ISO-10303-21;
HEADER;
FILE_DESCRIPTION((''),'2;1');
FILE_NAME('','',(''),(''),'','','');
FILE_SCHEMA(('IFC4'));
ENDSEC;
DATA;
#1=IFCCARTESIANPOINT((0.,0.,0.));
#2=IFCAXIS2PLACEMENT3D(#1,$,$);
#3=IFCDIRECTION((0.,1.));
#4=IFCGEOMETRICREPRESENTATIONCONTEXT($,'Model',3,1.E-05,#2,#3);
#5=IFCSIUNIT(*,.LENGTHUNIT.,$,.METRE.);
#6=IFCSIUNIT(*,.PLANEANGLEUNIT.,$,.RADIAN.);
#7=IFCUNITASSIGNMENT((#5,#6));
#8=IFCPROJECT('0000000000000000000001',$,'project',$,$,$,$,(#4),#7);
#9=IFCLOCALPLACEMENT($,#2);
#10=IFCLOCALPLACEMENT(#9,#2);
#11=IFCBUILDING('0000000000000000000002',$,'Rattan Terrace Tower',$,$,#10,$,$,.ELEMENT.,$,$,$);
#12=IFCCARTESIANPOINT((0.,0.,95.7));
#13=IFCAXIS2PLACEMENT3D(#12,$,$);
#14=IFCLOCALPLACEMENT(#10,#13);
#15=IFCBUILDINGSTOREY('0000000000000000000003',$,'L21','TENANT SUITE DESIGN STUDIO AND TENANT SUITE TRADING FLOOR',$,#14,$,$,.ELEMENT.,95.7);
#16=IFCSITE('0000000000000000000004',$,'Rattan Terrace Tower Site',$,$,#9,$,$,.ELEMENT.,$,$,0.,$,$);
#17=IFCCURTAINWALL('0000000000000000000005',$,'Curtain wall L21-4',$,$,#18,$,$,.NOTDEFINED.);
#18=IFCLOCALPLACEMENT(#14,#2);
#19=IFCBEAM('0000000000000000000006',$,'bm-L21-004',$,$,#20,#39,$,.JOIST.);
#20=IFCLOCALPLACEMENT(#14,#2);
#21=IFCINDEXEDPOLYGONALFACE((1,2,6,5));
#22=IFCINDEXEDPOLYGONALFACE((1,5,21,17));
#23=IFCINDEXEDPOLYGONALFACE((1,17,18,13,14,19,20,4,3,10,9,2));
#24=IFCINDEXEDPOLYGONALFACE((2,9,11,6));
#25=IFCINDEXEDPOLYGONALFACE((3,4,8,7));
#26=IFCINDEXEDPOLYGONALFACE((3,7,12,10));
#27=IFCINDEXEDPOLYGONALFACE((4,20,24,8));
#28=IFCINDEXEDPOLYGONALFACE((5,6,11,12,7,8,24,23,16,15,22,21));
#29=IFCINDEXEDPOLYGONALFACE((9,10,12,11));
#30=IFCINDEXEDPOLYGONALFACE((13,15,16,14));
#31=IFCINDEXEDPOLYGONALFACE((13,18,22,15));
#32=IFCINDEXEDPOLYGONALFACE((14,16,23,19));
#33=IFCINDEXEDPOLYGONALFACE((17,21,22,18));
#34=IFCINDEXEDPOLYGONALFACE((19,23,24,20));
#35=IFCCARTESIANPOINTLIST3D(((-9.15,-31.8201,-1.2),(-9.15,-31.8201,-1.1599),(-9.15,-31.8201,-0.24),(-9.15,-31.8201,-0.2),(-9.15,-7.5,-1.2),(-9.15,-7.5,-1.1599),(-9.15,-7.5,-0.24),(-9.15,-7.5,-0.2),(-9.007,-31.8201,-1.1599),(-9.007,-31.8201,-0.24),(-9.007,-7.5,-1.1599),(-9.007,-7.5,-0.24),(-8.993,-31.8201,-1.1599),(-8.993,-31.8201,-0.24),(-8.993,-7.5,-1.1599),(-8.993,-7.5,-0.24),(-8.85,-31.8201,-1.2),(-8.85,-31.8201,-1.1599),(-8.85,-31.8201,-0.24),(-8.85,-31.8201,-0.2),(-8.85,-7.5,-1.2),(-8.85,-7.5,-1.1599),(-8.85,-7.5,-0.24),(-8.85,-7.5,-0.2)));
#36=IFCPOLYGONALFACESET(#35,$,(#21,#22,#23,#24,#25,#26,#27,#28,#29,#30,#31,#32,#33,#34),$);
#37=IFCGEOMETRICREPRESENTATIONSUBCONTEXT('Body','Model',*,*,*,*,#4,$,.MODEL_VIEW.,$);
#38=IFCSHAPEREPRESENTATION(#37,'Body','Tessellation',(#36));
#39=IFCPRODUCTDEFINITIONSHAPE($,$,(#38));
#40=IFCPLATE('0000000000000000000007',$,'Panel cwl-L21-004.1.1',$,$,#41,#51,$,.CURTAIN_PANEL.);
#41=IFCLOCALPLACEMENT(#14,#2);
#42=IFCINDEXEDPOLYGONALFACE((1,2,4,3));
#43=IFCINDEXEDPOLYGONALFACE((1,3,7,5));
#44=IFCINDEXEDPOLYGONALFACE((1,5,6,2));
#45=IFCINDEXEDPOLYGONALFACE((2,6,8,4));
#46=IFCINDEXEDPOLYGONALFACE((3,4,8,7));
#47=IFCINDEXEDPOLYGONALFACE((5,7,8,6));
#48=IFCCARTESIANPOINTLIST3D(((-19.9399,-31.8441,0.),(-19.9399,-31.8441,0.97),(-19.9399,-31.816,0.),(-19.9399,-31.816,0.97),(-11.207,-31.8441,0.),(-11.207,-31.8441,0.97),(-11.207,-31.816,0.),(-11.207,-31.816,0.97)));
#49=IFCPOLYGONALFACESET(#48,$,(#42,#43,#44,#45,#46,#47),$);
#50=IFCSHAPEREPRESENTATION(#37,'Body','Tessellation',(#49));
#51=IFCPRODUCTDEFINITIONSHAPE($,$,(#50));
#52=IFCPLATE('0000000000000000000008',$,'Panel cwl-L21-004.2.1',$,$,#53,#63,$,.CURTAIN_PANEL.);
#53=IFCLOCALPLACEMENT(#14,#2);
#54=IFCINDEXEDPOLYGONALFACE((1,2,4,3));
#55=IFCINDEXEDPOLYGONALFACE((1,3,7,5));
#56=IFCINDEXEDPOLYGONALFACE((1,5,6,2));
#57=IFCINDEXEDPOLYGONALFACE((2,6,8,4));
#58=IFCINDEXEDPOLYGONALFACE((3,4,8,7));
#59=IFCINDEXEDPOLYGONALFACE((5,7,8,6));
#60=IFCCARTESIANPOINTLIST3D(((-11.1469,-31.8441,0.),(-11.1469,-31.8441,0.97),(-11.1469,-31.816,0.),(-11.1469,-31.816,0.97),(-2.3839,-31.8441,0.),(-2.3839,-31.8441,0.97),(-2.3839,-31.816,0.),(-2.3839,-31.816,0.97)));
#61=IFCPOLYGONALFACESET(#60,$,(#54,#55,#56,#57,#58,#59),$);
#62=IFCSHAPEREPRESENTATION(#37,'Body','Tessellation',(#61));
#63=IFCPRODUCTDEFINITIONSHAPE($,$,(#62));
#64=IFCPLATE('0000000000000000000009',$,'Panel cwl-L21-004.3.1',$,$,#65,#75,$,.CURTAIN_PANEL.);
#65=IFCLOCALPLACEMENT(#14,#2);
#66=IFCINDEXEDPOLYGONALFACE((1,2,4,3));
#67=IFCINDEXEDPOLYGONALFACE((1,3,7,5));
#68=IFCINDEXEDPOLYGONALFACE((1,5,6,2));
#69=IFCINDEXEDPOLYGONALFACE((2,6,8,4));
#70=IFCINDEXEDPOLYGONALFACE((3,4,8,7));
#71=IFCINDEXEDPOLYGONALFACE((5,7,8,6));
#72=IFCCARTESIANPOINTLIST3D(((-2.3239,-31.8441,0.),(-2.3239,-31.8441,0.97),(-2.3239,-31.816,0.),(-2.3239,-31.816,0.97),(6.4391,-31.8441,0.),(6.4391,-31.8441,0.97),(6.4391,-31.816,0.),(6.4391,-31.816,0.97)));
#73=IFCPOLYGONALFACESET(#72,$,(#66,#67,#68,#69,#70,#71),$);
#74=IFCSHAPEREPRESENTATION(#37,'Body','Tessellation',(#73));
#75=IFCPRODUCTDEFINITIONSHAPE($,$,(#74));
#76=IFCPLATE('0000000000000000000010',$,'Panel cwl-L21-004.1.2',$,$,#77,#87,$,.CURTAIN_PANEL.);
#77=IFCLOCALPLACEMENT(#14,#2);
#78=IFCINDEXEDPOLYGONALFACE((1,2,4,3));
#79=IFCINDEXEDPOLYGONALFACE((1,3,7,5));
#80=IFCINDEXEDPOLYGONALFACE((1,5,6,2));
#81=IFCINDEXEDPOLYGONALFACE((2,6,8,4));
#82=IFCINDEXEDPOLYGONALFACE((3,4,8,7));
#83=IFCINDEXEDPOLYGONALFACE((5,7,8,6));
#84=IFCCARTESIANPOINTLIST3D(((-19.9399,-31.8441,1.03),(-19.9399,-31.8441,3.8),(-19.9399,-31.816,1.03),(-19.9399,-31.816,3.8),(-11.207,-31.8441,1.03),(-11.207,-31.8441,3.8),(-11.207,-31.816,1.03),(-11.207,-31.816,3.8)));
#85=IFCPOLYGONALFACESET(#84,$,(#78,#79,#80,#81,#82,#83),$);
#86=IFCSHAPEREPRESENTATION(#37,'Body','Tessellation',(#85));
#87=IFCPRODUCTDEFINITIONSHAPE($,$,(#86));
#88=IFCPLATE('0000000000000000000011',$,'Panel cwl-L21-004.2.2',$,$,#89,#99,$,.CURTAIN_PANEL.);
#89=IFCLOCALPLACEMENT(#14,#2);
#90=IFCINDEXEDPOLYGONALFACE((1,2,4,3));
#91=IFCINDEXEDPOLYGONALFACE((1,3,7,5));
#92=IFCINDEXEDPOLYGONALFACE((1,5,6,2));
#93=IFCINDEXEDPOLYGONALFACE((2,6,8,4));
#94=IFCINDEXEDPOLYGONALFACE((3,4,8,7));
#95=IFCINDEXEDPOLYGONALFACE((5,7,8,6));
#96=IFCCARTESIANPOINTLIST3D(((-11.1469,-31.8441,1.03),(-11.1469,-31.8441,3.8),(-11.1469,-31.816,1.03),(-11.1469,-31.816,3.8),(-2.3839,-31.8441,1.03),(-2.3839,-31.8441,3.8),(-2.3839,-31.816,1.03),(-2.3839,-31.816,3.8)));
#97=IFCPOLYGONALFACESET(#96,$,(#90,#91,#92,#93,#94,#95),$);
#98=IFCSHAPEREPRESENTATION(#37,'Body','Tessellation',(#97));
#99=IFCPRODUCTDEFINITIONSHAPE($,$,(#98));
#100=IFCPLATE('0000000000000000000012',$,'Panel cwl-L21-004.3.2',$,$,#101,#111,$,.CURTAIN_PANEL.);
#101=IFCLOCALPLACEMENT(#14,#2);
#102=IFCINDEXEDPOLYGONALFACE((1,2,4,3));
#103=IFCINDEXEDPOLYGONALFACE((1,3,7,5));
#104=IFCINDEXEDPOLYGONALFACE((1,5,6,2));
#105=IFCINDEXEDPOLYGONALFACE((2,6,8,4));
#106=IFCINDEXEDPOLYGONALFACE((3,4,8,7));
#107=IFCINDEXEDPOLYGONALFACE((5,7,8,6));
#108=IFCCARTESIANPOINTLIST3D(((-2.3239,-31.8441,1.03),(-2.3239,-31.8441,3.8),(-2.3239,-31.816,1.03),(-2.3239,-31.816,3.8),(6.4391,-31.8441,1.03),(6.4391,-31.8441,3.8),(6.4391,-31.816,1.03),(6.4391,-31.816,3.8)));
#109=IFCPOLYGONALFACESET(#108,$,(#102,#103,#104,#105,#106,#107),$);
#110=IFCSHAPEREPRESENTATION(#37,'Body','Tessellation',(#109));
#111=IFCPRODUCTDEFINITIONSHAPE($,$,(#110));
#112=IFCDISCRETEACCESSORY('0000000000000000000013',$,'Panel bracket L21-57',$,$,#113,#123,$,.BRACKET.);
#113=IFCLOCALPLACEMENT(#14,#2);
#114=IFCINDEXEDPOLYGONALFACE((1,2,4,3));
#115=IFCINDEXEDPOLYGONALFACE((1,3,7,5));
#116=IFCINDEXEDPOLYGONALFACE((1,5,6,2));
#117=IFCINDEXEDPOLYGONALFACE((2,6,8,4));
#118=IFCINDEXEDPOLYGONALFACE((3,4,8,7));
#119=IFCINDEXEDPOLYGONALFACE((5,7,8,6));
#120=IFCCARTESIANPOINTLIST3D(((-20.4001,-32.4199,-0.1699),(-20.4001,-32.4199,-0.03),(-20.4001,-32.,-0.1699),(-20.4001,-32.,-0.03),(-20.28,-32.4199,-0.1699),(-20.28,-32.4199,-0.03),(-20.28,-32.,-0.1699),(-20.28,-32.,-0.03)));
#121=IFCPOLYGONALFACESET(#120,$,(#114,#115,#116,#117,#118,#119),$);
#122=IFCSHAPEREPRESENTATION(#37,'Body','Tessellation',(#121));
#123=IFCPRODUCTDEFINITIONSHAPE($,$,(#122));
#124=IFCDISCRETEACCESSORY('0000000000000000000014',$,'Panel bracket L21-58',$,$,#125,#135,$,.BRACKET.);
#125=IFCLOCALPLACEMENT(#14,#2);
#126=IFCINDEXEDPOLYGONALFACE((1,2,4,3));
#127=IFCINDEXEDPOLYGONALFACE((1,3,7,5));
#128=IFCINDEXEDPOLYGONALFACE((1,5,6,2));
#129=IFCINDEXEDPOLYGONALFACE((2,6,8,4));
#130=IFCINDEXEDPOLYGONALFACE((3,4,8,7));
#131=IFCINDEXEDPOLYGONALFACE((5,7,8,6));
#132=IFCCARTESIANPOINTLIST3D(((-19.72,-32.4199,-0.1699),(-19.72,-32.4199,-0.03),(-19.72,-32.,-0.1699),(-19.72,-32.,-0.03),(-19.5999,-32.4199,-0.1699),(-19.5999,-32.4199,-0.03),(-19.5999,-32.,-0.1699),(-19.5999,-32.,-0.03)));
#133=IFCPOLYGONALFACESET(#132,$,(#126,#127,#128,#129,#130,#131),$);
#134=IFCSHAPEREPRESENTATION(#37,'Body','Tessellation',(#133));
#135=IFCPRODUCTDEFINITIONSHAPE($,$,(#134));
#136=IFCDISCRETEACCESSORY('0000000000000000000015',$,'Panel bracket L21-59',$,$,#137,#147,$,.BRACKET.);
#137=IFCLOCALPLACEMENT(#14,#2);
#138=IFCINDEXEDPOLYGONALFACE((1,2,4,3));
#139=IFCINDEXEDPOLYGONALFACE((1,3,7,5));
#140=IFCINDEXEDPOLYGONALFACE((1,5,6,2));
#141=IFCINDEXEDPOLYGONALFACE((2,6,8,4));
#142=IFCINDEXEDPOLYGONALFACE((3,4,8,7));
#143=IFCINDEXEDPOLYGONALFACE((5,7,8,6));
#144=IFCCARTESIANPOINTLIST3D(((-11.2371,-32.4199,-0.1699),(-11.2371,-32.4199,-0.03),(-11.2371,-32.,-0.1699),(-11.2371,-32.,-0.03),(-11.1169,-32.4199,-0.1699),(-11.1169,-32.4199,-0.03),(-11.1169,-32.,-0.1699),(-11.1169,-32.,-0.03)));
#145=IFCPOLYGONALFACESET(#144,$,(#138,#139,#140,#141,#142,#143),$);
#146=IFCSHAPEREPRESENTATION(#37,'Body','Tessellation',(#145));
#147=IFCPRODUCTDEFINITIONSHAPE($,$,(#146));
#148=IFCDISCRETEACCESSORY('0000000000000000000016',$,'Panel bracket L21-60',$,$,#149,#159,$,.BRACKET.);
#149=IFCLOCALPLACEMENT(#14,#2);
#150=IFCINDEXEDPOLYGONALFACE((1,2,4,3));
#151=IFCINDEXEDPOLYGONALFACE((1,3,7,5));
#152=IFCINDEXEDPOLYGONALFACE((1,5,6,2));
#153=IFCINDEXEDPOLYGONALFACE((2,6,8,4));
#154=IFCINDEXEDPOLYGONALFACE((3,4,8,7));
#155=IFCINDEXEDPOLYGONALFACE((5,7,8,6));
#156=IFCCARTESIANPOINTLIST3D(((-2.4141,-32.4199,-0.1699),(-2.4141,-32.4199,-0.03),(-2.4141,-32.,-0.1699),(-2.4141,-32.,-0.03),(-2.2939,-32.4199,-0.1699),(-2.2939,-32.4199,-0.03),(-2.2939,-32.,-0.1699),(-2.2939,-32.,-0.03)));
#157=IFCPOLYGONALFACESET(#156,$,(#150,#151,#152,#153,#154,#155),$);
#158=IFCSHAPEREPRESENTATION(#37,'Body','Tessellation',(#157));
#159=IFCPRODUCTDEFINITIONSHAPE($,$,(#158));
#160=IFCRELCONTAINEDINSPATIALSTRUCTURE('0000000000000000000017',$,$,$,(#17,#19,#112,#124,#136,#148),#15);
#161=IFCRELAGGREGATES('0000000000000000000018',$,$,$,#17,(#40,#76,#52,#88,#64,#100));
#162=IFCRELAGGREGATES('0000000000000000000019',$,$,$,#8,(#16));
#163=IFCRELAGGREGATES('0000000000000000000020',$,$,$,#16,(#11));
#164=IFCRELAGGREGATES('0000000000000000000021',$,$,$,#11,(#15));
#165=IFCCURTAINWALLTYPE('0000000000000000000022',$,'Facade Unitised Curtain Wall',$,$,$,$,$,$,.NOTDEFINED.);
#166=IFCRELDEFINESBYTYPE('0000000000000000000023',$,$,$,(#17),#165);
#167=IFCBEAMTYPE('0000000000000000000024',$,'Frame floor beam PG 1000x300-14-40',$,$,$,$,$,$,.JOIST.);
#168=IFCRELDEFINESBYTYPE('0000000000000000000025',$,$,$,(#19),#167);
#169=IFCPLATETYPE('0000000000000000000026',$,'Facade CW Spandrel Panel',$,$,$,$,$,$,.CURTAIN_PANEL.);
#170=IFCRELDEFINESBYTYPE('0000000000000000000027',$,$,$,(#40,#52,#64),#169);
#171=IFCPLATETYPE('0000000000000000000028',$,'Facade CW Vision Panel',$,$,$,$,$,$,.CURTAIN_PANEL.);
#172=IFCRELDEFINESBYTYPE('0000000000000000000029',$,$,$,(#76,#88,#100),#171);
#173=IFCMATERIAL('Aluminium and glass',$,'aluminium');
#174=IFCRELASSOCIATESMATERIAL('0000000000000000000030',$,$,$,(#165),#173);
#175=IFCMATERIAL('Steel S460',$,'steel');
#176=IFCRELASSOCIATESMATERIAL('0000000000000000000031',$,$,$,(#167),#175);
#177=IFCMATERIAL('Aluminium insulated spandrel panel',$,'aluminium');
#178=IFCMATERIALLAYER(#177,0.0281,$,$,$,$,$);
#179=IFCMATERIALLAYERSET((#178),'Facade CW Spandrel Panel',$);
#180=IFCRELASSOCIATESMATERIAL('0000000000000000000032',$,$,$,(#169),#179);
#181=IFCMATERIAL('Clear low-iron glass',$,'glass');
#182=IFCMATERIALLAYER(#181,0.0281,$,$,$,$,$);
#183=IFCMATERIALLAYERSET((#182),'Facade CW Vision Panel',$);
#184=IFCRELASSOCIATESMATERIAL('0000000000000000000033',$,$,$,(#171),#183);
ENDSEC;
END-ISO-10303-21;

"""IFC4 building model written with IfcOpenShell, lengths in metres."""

from ifc_helpers import new_model, si_unit, direction, frame, origin, origin_2d, place, context, subcontext, project, spatial, rectangle, i_section, extrude, material, layer, layer_set, material_profile, profile_set, type_object, element, aggregate, save


model = new_model("IFC4")

# Units and contexts
model_context = context("Model", 3, precision=1e-05, world=origin(), true_north=direction((0.0, 1.0)))
body_context = subcontext(model_context, "Body", "Model", "MODEL_VIEW")
ifc_project = project(units=[si_unit("LENGTHUNIT", "METRE"), si_unit("PLANEANGLEUNIT", "RADIAN")], contexts=[model_context])

# Site, building, storey
site_placement = place(None, origin())
site = spatial("IfcSite", under=ifc_project, at=site_placement, Name="Rattan Terrace Tower Site", CompositionType="ELEMENT", RefElevation=0.0)
building_placement = place(site_placement, origin())
building = spatial("IfcBuilding", under=site, at=building_placement, Name="Rattan Terrace Tower", CompositionType="ELEMENT")
storey_placement = place(building_placement, frame((0.0, 0.0, 95.7)))
storey = spatial("IfcBuildingStorey", under=building, at=storey_placement, Name="L21", Description="TENANT SUITE DESIGN STUDIO AND TENANT SUITE TRADING FLOOR", CompositionType="ELEMENT", Elevation=95.7)

# Curtain wall
ifc_material_1 = material(Name="Aluminium and glass", Category="aluminium")
curtain_wall_type = type_object("IfcCurtainWallType", Name="Facade Unitised Curtain Wall", PredefinedType="NOTDEFINED", material=ifc_material_1)
curtain_wall_placement = place(storey_placement, origin())
curtain_wall = element("IfcCurtainWall", 1, at=curtain_wall_placement, inside=storey, type_object=curtain_wall_type, Name="Curtain wall L21-4", PredefinedType="NOTDEFINED")

# Beam
ifc_material_2 = material(Name="Steel S460", Category="steel")
ifc_material_profile_1 = material_profile(ifc_material_2, i_section(OverallWidth=0.3, OverallDepth=1.0, WebThickness=0.0139, FlangeThickness=0.04, at=origin_2d()), Name="PG 1000x300-14-40")
ifc_profile_set_1 = profile_set([ifc_material_profile_1], Name="Steel S460")
beam_type_1 = type_object("IfcBeamType", Name="Frame floor beam PG 1000x300-14-40", PredefinedType="JOIST", material=ifc_profile_set_1)
for number, where, z_axis, x_axis, name in (
    (2, (-9.0, -31.8201, -0.7), (0.0, 1.0, 0.0), (-1.0, 0.0, 0.0), "bm-L21-004"),
):
    element("IfcBeam", number, at=place(storey_placement, frame(where, z_axis=z_axis, x_axis=x_axis)), inside=storey, type_object=beam_type_1, Name=name, PredefinedType="JOIST", context=body_context, shape_type="SweptSolid", body=[
        extrude(i_section(OverallWidth=0.3, OverallDepth=1.0, WebThickness=0.0139, FlangeThickness=0.04, at=origin_2d()), origin(), (0.0, 0.0, 1.0), 24.3201),
    ])

# Plates
ifc_material_3 = material(Name="Aluminium insulated spandrel panel", Category="aluminium")
ifc_layer_1 = layer(ifc_material_3, 0.0281)
ifc_layer_set_1 = layer_set([ifc_layer_1], Name="Facade CW Spandrel Panel")
plate_type_1 = type_object("IfcPlateType", Name="Facade CW Spandrel Panel", PredefinedType="CURTAIN_PANEL", material=ifc_layer_set_1)
plate_1_placement = place(storey_placement, frame((-15.5735, -31.8301, 0.0), z_axis=(0.0, 0.0, 1.0), x_axis=(1.0, 0.0, 0.0)))
plate_1 = element("IfcPlate", 3, at=plate_1_placement, type_object=plate_type_1, Name="Panel cwl-L21-004.1.1", PredefinedType="CURTAIN_PANEL", context=body_context, shape_type="SweptSolid", body=[
    extrude(rectangle(XDim=8.7329, YDim=0.0281, at=origin_2d()), origin(), (0.0, 0.0, 1.0), 0.97),
])
plate_2_placement = place(storey_placement, frame((-6.7654, -31.8301, 0.0), z_axis=(0.0, 0.0, 1.0), x_axis=(1.0, 0.0, 0.0)))
plate_2 = element("IfcPlate", 4, at=plate_2_placement, type_object=plate_type_1, Name="Panel cwl-L21-004.2.1", PredefinedType="CURTAIN_PANEL", context=body_context, shape_type="SweptSolid", body=[
    extrude(rectangle(XDim=8.7629, YDim=0.0281, at=origin_2d()), origin(), (0.0, 0.0, 1.0), 0.97),
])
plate_3_placement = place(storey_placement, frame((2.0576, -31.8301, 0.0), z_axis=(0.0, 0.0, 1.0), x_axis=(1.0, 0.0, 0.0)))
plate_3 = element("IfcPlate", 5, at=plate_3_placement, type_object=plate_type_1, Name="Panel cwl-L21-004.3.1", PredefinedType="CURTAIN_PANEL", context=body_context, shape_type="SweptSolid", body=[
    extrude(rectangle(XDim=8.7629, YDim=0.0281, at=origin_2d()), origin(), (0.0, 0.0, 1.0), 0.97),
])
ifc_material_4 = material(Name="Clear low-iron glass", Category="glass")
ifc_layer_2 = layer(ifc_material_4, 0.0281)
ifc_layer_set_2 = layer_set([ifc_layer_2], Name="Facade CW Vision Panel")
plate_type_2 = type_object("IfcPlateType", Name="Facade CW Vision Panel", PredefinedType="CURTAIN_PANEL", material=ifc_layer_set_2)
plate_4_placement = place(storey_placement, frame((-15.5735, -31.8301, 1.03), z_axis=(0.0, 0.0, 1.0), x_axis=(1.0, 0.0, 0.0)))
plate_4 = element("IfcPlate", 6, at=plate_4_placement, type_object=plate_type_2, Name="Panel cwl-L21-004.1.2", PredefinedType="CURTAIN_PANEL", context=body_context, shape_type="SweptSolid", body=[
    extrude(rectangle(XDim=8.7329, YDim=0.0281, at=origin_2d()), origin(), (0.0, 0.0, 1.0), 2.77),
])
plate_5_placement = place(storey_placement, frame((-6.7654, -31.8301, 1.03), z_axis=(0.0, 0.0, 1.0), x_axis=(1.0, 0.0, 0.0)))
plate_5 = element("IfcPlate", 7, at=plate_5_placement, type_object=plate_type_2, Name="Panel cwl-L21-004.2.2", PredefinedType="CURTAIN_PANEL", context=body_context, shape_type="SweptSolid", body=[
    extrude(rectangle(XDim=8.7629, YDim=0.0281, at=origin_2d()), origin(), (0.0, 0.0, 1.0), 2.77),
])
plate_6_placement = place(storey_placement, frame((2.0576, -31.8301, 1.03), z_axis=(0.0, 0.0, 1.0), x_axis=(1.0, 0.0, 0.0)))
plate_6 = element("IfcPlate", 8, at=plate_6_placement, type_object=plate_type_2, Name="Panel cwl-L21-004.3.2", PredefinedType="CURTAIN_PANEL", context=body_context, shape_type="SweptSolid", body=[
    extrude(rectangle(XDim=8.7629, YDim=0.0281, at=origin_2d()), origin(), (0.0, 0.0, 1.0), 2.77),
])
aggregate(curtain_wall, [plate_1, plate_4, plate_2, plate_5, plate_3, plate_6])

# Discrete accessories
for number, where, z_axis, x_axis, name in (
    (9, (-20.3401, -32.21, -0.1699), (0.0, 0.0, 1.0), (1.0, 0.0, 0.0), "Panel bracket L21-57"),
    (10, (-19.6599, -32.21, -0.1699), (0.0, 0.0, 1.0), (1.0, 0.0, 0.0), "Panel bracket L21-58"),
    (11, (-11.177, -32.21, -0.1699), (0.0, 0.0, 1.0), (1.0, 0.0, 0.0), "Panel bracket L21-59"),
    (12, (-2.354, -32.21, -0.1699), (0.0, 0.0, 1.0), (1.0, 0.0, 0.0), "Panel bracket L21-60"),
):
    element("IfcDiscreteAccessory", number, at=place(storey_placement, frame(where, z_axis=z_axis, x_axis=x_axis)), inside=storey, Name=name, PredefinedType="BRACKET", context=body_context, shape_type="SweptSolid", body=[
        extrude(rectangle(XDim=0.1201, YDim=0.4199, at=origin_2d()), origin(), (0.0, 0.0, 1.0), 0.1399),
    ])

save(model, "model.ifc")
